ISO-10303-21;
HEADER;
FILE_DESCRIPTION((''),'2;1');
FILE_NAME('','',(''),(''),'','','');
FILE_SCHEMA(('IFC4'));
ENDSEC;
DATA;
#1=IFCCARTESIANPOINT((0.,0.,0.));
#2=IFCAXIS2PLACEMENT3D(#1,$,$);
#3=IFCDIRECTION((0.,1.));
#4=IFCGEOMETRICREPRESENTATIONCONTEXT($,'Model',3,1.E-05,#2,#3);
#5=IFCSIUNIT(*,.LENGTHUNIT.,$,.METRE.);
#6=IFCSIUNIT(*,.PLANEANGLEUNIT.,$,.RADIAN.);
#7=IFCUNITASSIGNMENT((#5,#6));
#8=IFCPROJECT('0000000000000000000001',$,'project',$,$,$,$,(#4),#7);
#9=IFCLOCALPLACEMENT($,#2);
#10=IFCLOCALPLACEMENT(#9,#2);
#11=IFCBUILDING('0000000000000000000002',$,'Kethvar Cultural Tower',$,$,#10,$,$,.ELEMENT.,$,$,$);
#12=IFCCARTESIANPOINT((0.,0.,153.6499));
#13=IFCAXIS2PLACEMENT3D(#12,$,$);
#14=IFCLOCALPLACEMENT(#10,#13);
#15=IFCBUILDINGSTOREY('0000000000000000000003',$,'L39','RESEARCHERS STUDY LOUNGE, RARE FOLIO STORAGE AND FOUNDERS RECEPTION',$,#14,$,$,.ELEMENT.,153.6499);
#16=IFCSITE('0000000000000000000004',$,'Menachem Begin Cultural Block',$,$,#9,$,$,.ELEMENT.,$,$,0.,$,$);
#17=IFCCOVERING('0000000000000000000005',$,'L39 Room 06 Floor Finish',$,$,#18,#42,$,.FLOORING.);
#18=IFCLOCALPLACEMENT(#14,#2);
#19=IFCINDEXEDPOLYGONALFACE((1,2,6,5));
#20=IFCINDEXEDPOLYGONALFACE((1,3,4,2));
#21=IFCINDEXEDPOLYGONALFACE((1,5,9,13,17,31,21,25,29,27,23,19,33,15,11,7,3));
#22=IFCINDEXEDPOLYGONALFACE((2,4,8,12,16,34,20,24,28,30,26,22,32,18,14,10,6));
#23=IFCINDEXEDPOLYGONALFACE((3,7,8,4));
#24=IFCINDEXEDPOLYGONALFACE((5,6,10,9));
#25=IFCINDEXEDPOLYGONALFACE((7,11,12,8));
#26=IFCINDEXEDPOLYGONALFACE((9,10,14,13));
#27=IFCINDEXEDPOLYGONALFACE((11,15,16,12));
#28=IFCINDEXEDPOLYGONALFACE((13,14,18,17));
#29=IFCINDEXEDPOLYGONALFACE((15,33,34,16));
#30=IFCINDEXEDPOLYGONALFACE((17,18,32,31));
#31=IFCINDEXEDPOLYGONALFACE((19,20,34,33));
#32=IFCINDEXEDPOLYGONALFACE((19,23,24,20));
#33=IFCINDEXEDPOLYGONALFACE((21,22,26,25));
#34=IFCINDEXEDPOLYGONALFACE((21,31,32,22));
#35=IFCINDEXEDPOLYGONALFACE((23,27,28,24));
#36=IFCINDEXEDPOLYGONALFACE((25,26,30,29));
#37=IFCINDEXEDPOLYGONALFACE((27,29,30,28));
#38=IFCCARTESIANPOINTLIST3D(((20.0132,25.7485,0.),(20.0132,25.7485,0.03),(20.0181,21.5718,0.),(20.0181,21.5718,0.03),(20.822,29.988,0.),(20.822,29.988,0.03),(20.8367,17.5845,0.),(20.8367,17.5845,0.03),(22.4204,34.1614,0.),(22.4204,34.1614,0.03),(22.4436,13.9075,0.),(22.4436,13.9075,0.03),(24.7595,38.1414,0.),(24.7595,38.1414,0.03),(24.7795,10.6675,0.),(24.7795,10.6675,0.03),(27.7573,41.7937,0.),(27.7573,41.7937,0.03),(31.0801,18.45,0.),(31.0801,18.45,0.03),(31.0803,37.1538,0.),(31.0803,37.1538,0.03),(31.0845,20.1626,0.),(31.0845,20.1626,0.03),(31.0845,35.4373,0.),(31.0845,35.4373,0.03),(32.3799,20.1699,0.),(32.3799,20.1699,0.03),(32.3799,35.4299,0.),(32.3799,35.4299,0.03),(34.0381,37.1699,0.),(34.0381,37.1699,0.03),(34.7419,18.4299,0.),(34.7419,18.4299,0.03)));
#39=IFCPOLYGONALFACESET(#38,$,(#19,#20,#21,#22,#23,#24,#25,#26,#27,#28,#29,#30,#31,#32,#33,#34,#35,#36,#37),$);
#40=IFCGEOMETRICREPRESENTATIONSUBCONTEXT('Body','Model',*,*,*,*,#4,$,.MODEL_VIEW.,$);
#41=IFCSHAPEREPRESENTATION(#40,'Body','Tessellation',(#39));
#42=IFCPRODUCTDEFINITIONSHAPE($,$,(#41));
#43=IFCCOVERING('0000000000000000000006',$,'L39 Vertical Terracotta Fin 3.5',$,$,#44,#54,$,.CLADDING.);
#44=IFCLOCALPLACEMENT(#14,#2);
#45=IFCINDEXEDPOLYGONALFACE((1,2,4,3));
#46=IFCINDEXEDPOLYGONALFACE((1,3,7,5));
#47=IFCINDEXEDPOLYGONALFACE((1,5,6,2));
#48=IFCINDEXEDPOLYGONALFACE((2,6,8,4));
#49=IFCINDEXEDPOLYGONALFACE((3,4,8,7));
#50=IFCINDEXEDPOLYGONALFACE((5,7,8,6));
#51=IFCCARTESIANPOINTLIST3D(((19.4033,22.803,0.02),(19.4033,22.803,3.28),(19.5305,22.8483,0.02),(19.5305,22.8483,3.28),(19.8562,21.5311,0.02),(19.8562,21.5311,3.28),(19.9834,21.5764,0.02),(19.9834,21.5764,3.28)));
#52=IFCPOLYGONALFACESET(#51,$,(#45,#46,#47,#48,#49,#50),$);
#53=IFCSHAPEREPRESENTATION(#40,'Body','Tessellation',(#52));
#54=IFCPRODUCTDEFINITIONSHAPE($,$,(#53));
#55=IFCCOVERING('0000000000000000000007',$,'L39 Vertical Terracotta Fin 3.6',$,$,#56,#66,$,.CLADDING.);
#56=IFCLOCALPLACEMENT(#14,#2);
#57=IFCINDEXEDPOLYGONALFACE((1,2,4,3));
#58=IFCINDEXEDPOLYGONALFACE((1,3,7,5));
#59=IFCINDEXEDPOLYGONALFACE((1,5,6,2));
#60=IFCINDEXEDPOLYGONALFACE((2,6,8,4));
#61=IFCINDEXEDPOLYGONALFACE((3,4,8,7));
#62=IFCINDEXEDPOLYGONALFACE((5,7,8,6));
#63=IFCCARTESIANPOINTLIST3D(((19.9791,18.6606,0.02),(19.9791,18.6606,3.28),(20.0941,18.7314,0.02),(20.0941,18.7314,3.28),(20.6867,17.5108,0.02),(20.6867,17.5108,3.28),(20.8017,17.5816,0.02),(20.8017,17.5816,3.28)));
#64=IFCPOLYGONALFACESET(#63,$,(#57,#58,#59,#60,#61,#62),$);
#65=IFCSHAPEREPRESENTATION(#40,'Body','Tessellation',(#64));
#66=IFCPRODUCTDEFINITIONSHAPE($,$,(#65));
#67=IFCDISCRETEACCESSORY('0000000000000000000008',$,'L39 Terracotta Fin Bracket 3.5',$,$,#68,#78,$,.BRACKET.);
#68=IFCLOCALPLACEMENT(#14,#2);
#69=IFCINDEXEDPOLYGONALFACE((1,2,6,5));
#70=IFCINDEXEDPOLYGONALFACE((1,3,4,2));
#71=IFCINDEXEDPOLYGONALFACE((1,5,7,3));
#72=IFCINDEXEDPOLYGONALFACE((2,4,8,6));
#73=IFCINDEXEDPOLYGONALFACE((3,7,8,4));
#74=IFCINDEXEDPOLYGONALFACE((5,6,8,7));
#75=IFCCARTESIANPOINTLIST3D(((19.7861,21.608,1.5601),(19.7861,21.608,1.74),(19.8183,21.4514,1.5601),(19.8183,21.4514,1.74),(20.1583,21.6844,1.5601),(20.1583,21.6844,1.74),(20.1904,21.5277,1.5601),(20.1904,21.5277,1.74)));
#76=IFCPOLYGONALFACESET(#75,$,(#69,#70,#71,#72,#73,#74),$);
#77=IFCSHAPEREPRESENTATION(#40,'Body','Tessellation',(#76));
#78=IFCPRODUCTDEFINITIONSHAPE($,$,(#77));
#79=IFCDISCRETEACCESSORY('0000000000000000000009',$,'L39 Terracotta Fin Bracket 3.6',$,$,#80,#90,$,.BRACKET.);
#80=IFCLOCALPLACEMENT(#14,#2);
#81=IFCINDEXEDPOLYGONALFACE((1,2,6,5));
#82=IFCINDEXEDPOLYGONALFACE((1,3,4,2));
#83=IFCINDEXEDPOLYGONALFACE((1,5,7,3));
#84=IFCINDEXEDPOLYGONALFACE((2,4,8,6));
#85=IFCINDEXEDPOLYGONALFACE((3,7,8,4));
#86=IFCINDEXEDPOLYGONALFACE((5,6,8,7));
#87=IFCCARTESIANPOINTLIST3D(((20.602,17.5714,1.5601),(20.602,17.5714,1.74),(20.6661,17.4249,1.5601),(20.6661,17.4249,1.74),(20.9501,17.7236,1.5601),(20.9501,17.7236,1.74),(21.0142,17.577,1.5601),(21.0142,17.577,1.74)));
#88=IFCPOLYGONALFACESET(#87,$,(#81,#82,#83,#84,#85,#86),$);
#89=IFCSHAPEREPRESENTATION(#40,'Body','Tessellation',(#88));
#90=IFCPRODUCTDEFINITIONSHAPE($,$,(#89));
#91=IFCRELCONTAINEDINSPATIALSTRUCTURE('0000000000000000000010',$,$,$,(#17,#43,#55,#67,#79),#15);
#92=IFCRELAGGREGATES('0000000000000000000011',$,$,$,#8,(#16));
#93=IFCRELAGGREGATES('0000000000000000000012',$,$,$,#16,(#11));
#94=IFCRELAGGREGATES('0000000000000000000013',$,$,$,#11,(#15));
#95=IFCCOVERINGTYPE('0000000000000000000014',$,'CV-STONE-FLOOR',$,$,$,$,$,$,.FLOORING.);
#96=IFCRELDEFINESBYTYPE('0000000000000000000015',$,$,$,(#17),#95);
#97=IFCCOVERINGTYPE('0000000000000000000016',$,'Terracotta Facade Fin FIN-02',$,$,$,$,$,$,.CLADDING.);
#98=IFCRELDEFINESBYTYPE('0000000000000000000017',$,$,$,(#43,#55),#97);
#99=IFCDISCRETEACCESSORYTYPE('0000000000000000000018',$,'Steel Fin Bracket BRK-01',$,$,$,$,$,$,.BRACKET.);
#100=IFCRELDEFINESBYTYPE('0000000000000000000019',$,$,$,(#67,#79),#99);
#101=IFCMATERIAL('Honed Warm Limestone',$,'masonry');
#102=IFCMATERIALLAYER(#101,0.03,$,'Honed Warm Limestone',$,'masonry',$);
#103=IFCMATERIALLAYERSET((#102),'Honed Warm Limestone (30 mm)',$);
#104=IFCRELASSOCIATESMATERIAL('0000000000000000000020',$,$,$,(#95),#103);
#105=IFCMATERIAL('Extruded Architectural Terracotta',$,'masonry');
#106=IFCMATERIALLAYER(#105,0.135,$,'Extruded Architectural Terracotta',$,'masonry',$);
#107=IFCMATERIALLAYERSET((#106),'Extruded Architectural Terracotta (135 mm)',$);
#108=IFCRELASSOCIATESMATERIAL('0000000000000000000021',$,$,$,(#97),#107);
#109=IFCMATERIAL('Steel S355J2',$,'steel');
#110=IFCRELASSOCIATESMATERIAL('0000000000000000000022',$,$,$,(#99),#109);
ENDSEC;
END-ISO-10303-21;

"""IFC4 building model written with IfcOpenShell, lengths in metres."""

from ifc_helpers import new_model, si_unit, direction, frame, origin, origin_2d, place, context, subcontext, project, spatial, polyline, rectangle, outline, extrude, source, transform, mapped, material, layer, layer_set, type_object, element, save


model = new_model("IFC4")

# Units and contexts
model_context = context("Model", 3, precision=1e-05, world=origin(), true_north=direction((0.0, 1.0)))
body_context = subcontext(model_context, "Body", "Model", "MODEL_VIEW")
ifc_project = project(units=[si_unit("LENGTHUNIT", "METRE"), si_unit("PLANEANGLEUNIT", "RADIAN")], contexts=[model_context])

# Site, building, storey
site_placement = place(None, origin())
site = spatial("IfcSite", under=ifc_project, at=site_placement, Name="Menachem Begin Cultural Block", CompositionType="ELEMENT", RefElevation=0.0)
building_placement = place(site_placement, origin())
building = spatial("IfcBuilding", under=site, at=building_placement, Name="Kethvar Cultural Tower", CompositionType="ELEMENT")
storey_placement = place(building_placement, frame((0.0, 0.0, 153.6499)))
storey = spatial("IfcBuildingStorey", under=building, at=storey_placement, Name="L39", Description="RESEARCHERS STUDY LOUNGE, RARE FOLIO STORAGE AND FOUNDERS RECEPTION", CompositionType="ELEMENT", Elevation=153.6499)

# Coverings
ifc_material_1 = material(Name="Honed Warm Limestone", Category="masonry")
ifc_layer_1 = layer(ifc_material_1, 0.03, Name="Honed Warm Limestone", Category="masonry")
ifc_layer_set_1 = layer_set([ifc_layer_1], Name="Honed Warm Limestone (30 mm)")
covering_type_1 = type_object("IfcCoveringType", Name="CV-STONE-FLOOR", PredefinedType="FLOORING", material=ifc_layer_set_1)
covering_1_placement = place(storey_placement, origin())
element("IfcCovering", 1, at=covering_1_placement, inside=storey, type_object=covering_type_1, Name="L39 Room 06 Floor Finish", PredefinedType="FLOORING", context=body_context, shape_type="SweptSolid", body=[
    extrude(outline(polyline([(22.4436, 13.9075), (20.8367, 17.5845), (20.0181, 21.5718), (20.0132, 25.7485), (20.822, 29.988), (22.4204, 34.1614), (24.7595, 38.1414), (27.7573, 41.7937), (34.0381, 37.1699), (31.0803, 37.1538), (31.0845, 35.4373), (32.3799, 35.4299), (32.3799, 20.1699), (31.0845, 20.1626), (31.0801, 18.45), (34.7419, 18.4299), (24.7795, 10.6675), (22.4436, 13.9075)])), origin(), (0.0, 0.0, 1.0), 0.03),
])
ifc_material_2 = material(Name="Extruded Architectural Terracotta", Category="masonry")
ifc_layer_2 = layer(ifc_material_2, 0.135, Name="Extruded Architectural Terracotta", Category="masonry")
ifc_layer_set_2 = layer_set([ifc_layer_2], Name="Extruded Architectural Terracotta (135 mm)")
covering_type_2 = type_object("IfcCoveringType", Name="Terracotta Facade Fin FIN-02", PredefinedType="CLADDING", material=ifc_layer_set_2)
shared_shape_1 = source(origin(), body_context, "Body", "SweptSolid", [
    extrude(rectangle(XDim=1.3501, YDim=0.135, at=origin_2d()), origin(), (0.0, 0.0, 1.0), 3.26),
])
for number, where, z_axis, x_axis, name in (
    (2, (19.6934, 22.1897, 0.02), (0.0, 0.0, 1.0), (-0.335452, 0.942057, 0.0), "L39 Vertical Terracotta Fin 3.5"),
    (3, (20.3904, 18.1211, 0.02), (0.0, 0.0, 1.0), (-0.524135, 0.851635, 0.0), "L39 Vertical Terracotta Fin 3.6"),
):
    element("IfcCovering", number, at=place(storey_placement, frame(where, z_axis=z_axis, x_axis=x_axis)), inside=storey, type_object=covering_type_2, Name=name, PredefinedType="CLADDING", context=body_context, shape_type="MappedRepresentation", body=[
        mapped(shared_shape_1, transform((0.0, 0.0, 0.0), scale=1.0)),
    ])

# Discrete accessories
ifc_material_3 = material(Name="Steel S355J2", Category="steel")
discrete_accessory_type = type_object("IfcDiscreteAccessoryType", Name="Steel Fin Bracket BRK-01", PredefinedType="BRACKET", material=ifc_material_3)
shared_shape_2 = source(origin(), body_context, "Body", "SweptSolid", [
    extrude(rectangle(XDim=0.3799, YDim=0.1599, at=origin_2d()), origin(), (0.0, 0.0, 1.0), 0.1799),
])
for number, where, z_axis, x_axis, name in (
    (4, (19.9883, 21.5679, 1.5601), (0.0, 0.0, 1.0), (-0.979575, -0.201078, 0.0), "L39 Terracotta Fin Bracket 3.5"),
    (5, (20.8081, 17.5742, 1.5601), (0.0, 0.0, 1.0), (-0.916293, -0.400509, 0.0), "L39 Terracotta Fin Bracket 3.6"),
):
    element("IfcDiscreteAccessory", number, at=place(storey_placement, frame(where, z_axis=z_axis, x_axis=x_axis)), inside=storey, type_object=discrete_accessory_type, Name=name, PredefinedType="BRACKET", context=body_context, shape_type="MappedRepresentation", body=[
        mapped(shared_shape_2, transform((0.0, 0.0, 0.0), scale=1.0)),
    ])

save(model, "model.ifc")
